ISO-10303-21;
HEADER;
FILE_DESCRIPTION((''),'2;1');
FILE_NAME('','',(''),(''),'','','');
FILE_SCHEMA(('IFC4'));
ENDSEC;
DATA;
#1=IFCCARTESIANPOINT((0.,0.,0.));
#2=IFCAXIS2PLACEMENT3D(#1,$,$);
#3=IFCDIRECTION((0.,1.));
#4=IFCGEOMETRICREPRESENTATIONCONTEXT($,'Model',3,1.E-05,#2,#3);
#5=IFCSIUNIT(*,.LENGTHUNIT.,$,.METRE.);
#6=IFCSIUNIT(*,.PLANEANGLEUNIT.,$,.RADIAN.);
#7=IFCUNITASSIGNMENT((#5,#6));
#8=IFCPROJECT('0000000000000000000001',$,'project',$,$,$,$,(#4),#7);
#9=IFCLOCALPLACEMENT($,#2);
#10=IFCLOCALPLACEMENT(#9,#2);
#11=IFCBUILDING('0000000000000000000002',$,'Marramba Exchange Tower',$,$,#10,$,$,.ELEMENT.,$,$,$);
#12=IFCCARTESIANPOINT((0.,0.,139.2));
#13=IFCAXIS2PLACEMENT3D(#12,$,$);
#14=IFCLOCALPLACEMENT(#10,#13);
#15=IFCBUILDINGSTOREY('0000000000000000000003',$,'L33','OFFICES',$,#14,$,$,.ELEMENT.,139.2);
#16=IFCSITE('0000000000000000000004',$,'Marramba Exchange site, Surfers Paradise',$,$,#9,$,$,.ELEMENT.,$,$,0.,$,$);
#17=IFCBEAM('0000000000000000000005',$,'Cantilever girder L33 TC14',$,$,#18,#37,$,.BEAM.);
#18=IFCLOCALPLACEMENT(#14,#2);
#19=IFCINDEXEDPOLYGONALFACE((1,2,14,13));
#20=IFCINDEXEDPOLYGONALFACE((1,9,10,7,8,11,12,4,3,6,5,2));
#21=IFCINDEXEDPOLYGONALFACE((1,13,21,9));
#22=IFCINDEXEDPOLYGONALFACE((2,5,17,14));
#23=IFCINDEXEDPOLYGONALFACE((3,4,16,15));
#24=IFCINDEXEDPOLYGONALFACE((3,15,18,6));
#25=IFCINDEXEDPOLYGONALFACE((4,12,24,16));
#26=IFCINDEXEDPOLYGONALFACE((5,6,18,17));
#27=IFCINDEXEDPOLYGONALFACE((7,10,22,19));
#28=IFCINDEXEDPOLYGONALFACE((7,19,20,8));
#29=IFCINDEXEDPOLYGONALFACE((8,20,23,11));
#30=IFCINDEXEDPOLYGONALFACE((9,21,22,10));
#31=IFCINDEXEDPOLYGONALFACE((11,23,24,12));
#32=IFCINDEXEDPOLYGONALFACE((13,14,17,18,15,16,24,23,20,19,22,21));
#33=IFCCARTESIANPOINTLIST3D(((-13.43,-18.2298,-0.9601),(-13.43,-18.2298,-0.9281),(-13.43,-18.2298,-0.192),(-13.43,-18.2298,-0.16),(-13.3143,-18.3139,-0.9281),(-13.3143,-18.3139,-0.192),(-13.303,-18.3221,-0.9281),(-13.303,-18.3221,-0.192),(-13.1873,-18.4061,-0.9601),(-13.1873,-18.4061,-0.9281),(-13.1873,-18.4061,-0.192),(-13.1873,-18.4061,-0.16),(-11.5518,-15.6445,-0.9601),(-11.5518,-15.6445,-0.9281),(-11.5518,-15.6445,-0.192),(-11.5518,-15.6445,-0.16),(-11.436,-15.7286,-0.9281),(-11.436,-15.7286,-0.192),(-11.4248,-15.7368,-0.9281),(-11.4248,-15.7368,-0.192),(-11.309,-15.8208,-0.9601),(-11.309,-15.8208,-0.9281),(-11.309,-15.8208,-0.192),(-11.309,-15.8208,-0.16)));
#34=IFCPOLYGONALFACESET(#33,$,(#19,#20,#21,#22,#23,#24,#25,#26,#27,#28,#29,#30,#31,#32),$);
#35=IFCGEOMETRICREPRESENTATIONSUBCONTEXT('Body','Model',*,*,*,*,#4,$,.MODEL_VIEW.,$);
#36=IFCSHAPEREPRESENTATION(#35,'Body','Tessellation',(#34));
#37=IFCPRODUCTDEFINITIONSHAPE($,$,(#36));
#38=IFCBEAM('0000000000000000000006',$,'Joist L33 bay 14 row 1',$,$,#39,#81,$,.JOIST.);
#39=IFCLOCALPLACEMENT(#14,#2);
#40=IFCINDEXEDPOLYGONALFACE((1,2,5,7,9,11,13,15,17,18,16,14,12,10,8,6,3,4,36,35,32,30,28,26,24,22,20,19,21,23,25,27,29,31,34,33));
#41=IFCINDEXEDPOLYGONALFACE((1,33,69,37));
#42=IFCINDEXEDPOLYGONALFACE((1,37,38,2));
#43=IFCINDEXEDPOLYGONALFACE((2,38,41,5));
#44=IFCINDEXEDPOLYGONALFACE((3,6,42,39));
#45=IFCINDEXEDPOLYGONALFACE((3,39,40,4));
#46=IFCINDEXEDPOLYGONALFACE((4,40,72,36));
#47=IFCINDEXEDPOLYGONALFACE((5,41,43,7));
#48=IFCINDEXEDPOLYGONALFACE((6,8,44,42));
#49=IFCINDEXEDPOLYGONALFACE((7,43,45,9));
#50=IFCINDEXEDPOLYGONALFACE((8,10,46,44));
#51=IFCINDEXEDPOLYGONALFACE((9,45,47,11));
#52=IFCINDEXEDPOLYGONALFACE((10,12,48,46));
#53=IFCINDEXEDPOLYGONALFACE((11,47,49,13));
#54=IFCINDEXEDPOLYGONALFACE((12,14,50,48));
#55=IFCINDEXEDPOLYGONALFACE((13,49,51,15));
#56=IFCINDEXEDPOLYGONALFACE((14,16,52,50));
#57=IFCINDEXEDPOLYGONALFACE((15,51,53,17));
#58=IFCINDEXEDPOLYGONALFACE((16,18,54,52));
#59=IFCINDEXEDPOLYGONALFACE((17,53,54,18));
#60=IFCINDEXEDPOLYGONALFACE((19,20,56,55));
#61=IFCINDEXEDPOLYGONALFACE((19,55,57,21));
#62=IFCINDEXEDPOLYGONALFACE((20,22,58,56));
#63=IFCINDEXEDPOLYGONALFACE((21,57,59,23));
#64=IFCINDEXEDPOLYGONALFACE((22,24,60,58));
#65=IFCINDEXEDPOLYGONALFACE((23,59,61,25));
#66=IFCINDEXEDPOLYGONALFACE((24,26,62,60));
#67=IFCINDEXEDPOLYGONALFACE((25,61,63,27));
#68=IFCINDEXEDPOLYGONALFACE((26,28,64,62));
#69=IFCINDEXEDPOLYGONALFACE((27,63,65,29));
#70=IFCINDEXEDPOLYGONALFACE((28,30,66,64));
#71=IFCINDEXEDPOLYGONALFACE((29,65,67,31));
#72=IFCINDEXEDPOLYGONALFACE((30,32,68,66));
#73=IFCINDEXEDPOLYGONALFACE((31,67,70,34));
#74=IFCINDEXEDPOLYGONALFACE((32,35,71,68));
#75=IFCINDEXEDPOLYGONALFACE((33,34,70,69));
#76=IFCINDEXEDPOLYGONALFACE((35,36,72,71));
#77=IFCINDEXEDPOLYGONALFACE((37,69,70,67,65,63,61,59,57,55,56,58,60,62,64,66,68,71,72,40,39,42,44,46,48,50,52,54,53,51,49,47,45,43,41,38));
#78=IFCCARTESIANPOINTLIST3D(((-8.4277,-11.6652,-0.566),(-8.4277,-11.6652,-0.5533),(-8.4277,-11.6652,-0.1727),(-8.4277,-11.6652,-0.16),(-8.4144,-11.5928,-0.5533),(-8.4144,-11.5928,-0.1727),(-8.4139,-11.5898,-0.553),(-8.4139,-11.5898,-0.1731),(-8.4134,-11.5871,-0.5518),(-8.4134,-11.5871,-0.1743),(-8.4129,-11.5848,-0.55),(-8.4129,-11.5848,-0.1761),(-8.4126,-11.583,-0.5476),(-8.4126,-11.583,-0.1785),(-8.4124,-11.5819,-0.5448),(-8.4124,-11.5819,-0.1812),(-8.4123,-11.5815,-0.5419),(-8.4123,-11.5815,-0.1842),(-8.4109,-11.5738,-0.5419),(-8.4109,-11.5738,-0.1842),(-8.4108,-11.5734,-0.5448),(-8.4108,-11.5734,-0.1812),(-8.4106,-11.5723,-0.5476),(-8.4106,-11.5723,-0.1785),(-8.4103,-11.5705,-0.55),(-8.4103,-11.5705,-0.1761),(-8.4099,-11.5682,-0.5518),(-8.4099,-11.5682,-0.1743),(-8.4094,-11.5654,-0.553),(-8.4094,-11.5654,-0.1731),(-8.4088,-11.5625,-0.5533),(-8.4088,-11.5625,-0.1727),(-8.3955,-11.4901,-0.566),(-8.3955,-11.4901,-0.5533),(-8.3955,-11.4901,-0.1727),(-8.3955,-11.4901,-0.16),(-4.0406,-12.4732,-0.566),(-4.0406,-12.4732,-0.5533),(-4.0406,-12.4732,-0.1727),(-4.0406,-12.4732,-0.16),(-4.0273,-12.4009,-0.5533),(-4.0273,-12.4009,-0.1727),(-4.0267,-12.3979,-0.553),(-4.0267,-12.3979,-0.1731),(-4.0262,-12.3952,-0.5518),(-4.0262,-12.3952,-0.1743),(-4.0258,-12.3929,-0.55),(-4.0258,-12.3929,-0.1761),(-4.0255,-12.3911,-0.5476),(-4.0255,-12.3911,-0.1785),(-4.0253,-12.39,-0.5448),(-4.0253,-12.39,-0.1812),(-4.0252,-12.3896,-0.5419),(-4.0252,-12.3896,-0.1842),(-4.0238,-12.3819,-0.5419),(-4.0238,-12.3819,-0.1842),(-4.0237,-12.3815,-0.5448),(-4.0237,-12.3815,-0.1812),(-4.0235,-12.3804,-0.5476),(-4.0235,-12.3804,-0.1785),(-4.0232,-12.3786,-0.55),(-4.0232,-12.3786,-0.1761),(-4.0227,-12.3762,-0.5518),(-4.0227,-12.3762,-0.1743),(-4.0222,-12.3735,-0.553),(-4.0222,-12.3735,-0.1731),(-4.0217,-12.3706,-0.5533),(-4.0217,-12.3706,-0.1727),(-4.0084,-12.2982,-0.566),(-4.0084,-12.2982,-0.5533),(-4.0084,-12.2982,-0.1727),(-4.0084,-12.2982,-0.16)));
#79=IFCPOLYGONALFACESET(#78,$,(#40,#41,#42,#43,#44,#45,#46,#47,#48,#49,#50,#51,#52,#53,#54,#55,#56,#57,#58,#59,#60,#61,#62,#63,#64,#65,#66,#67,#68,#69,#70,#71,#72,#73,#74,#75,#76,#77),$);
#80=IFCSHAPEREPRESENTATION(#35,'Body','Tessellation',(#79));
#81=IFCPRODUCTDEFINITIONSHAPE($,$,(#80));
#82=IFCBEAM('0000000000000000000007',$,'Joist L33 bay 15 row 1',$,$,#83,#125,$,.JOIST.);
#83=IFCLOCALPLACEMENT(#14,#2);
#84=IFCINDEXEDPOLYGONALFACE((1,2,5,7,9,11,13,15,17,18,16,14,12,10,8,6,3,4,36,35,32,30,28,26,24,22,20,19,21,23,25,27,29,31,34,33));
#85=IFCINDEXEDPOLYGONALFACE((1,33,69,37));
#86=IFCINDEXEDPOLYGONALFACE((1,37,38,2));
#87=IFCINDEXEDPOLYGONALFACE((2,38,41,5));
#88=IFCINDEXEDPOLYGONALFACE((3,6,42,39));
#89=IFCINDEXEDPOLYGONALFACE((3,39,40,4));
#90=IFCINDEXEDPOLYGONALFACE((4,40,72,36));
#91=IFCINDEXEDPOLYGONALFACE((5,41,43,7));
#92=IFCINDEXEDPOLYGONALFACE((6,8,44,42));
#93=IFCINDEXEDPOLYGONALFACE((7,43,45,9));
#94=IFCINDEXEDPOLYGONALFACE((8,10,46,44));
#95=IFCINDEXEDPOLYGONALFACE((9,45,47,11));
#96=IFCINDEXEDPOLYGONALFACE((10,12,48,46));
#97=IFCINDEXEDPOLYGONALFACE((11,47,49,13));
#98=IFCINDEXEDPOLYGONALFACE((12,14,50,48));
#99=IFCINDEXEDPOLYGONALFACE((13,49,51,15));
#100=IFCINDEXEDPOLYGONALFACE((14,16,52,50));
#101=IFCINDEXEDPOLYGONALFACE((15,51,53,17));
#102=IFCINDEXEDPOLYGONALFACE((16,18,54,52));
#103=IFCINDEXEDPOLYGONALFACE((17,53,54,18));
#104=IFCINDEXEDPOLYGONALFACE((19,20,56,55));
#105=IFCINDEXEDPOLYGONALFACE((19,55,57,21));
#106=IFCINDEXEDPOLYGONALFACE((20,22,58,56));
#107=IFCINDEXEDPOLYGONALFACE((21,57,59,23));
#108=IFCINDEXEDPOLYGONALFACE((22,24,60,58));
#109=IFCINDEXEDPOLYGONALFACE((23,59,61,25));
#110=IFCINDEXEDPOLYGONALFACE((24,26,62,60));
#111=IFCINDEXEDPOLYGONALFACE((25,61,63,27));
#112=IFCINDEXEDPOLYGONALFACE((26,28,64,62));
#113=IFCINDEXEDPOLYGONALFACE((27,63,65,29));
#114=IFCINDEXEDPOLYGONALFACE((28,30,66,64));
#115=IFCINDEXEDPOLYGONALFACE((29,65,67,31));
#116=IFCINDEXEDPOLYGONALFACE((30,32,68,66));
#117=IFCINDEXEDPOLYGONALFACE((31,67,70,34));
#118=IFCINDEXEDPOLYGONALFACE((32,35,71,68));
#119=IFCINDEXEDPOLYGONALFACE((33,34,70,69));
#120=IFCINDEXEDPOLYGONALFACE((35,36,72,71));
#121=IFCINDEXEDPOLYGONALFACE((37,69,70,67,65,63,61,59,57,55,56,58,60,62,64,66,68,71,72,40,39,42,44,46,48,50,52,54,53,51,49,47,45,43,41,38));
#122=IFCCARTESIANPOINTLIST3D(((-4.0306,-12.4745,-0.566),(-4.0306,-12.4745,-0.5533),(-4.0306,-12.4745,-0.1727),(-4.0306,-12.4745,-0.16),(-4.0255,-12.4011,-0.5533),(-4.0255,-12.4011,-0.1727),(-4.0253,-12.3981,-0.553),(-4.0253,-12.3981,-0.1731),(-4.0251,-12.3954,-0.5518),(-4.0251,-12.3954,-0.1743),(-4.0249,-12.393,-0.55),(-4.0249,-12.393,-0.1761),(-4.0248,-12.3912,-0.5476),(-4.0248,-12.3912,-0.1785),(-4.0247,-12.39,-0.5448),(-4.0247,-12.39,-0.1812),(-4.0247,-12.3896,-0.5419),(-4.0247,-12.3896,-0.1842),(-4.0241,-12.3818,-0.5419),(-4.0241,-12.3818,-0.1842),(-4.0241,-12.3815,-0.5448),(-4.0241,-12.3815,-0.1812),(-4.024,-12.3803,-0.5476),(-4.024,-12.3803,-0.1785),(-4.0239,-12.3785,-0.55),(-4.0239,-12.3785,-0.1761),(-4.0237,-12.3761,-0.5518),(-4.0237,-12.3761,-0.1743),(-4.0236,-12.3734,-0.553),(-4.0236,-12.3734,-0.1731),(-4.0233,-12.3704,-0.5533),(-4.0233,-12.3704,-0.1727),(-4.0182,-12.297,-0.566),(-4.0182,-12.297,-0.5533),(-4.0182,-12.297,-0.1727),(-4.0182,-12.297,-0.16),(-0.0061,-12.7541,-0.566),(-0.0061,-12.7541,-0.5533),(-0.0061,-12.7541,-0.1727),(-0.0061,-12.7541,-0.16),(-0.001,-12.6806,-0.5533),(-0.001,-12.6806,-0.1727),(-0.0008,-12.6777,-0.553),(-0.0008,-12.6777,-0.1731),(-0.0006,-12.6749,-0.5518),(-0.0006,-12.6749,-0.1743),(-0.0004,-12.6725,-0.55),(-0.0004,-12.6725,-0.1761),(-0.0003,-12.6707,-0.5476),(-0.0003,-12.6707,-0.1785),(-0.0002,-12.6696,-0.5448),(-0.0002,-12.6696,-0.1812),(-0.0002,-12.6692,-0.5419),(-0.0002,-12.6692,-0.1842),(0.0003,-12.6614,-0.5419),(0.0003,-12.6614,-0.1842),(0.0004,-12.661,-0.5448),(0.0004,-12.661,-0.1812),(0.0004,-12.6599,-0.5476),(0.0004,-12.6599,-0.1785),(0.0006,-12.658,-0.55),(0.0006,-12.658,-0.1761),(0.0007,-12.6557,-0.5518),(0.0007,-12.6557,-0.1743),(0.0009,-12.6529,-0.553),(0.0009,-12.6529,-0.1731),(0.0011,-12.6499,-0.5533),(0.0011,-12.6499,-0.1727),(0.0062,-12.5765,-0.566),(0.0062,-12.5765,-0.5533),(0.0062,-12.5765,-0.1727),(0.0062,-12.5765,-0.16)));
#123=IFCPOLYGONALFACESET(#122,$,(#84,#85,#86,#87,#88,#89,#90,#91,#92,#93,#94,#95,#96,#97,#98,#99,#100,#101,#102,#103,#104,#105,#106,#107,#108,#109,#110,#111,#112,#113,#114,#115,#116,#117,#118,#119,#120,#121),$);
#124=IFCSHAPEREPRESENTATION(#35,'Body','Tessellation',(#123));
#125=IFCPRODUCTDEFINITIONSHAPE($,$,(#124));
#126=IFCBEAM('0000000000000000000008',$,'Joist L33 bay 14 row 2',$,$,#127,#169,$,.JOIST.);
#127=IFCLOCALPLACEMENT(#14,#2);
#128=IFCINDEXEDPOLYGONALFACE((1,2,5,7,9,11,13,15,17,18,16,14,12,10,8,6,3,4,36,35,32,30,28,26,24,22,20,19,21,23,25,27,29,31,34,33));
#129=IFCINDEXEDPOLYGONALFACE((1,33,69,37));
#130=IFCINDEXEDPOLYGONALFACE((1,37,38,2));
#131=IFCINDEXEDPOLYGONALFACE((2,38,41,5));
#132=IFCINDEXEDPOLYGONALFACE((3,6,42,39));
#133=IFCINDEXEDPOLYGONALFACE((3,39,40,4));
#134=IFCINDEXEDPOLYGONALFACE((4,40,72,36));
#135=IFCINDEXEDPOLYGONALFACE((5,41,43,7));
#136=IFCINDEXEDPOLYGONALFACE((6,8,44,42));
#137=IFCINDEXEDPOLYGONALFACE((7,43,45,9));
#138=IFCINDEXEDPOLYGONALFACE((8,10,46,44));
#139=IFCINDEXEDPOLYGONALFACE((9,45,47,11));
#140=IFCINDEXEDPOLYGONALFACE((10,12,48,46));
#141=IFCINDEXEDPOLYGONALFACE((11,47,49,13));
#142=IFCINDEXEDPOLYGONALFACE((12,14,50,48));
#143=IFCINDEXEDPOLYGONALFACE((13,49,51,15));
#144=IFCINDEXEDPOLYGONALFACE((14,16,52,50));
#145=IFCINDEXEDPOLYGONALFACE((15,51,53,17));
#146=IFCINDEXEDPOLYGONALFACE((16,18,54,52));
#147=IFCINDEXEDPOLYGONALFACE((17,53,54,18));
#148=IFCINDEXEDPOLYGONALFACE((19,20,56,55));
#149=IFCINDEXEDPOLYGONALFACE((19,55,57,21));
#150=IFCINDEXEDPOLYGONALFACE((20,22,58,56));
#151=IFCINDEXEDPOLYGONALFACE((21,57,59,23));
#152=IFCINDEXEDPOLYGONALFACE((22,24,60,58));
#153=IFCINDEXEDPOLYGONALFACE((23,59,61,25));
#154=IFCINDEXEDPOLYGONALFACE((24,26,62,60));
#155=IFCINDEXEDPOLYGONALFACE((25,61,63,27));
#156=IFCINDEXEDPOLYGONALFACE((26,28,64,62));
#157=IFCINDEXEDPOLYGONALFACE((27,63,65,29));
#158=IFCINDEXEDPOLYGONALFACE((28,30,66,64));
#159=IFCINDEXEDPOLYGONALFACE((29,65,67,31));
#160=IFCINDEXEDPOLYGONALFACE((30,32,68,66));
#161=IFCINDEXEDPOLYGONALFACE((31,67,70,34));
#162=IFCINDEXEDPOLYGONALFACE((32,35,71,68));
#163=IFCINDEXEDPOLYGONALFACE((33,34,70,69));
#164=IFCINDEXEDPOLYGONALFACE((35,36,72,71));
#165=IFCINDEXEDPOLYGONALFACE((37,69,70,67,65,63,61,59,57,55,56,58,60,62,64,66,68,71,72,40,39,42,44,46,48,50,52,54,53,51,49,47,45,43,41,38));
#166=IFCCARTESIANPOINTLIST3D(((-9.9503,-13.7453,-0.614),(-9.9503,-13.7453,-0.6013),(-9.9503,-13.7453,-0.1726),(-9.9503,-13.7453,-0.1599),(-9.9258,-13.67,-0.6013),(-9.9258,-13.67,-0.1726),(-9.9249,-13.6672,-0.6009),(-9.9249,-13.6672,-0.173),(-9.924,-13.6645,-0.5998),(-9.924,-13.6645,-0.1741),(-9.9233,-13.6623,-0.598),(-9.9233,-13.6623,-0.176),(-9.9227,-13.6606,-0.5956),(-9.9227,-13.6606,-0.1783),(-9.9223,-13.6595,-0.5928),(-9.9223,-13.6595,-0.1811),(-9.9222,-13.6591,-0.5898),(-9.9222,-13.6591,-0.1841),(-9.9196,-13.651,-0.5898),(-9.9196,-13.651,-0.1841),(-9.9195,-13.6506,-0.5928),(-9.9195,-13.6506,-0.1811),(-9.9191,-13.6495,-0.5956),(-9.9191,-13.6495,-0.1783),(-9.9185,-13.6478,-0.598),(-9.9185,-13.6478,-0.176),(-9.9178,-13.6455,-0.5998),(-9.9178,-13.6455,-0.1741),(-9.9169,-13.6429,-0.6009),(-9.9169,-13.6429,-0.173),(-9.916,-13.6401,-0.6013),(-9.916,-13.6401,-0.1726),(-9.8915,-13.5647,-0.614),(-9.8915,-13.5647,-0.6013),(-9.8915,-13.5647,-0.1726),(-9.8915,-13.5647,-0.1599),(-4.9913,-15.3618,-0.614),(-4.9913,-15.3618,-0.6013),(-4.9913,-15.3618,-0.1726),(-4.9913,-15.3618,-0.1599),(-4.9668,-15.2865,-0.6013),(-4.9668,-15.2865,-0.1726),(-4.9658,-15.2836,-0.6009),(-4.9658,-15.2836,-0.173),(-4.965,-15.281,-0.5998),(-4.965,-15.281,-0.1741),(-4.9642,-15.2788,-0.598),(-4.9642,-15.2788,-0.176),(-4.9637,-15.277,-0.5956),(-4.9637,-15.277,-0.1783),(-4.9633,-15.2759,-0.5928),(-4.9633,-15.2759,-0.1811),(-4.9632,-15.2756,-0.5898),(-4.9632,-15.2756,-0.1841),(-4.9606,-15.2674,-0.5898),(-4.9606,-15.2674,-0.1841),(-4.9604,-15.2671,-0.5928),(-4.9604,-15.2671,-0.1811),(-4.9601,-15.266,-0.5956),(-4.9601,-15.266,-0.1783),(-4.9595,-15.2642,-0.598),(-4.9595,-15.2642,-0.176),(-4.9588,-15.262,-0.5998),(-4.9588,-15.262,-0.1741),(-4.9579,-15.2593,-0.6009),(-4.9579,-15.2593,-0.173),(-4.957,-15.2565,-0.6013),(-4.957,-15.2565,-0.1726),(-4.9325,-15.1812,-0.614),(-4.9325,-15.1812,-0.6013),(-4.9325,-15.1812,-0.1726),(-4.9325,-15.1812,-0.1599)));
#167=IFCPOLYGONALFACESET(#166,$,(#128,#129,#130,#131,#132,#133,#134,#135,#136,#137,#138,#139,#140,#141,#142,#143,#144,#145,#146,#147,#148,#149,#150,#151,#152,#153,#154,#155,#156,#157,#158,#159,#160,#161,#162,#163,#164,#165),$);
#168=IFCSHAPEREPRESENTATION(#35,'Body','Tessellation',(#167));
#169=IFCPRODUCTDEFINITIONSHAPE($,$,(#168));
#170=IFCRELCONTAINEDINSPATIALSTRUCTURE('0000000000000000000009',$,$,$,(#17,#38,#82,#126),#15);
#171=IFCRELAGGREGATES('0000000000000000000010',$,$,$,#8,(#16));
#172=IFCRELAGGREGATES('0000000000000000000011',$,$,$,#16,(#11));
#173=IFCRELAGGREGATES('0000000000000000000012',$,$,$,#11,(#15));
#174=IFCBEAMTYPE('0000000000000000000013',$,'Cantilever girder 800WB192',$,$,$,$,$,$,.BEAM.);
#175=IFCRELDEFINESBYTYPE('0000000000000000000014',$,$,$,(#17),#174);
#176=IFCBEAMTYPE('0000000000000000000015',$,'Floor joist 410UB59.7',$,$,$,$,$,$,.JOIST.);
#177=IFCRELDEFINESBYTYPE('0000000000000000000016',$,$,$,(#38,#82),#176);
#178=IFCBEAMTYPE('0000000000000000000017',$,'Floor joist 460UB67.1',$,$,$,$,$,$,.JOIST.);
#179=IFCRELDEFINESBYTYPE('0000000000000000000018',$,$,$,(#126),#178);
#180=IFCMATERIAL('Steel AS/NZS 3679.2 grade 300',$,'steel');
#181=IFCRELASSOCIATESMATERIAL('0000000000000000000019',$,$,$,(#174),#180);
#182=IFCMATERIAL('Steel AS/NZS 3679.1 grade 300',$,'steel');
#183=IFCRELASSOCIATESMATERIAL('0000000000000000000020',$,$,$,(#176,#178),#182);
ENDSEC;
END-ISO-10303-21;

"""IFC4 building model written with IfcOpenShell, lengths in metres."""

from ifc_helpers import new_model, si_unit, direction, frame, origin, origin_2d, place, context, subcontext, project, spatial, i_section, extrude, material, material_profile, profile_set, type_object, element, save


model = new_model("IFC4")

# Units and contexts
model_context = context("Model", 3, precision=1e-05, world=origin(), true_north=direction((0.0, 1.0)))
body_context = subcontext(model_context, "Body", "Model", "MODEL_VIEW")
ifc_project = project(units=[si_unit("LENGTHUNIT", "METRE"), si_unit("PLANEANGLEUNIT", "RADIAN")], contexts=[model_context])

# Site, building, storey
site_placement = place(None, origin())
site = spatial("IfcSite", under=ifc_project, at=site_placement, Name="Marramba Exchange site, Surfers Paradise", CompositionType="ELEMENT", RefElevation=0.0)
building_placement = place(site_placement, origin())
building = spatial("IfcBuilding", under=site, at=building_placement, Name="Marramba Exchange Tower", CompositionType="ELEMENT")
storey_placement = place(building_placement, frame((0.0, 0.0, 139.2)))
storey = spatial("IfcBuildingStorey", under=building, at=storey_placement, Name="L33", Description="OFFICES", CompositionType="ELEMENT", Elevation=139.2)

# Beams
ifc_material_1 = material(Name="Steel AS/NZS 3679.2 grade 300", Category="steel")
ifc_material_profile_1 = material_profile(ifc_material_1, i_section(OverallWidth=0.3, OverallDepth=0.8, WebThickness=0.0139, FlangeThickness=0.032, at=origin_2d()), Name="800WB192")
ifc_profile_set_1 = profile_set([ifc_material_profile_1], Name="Steel AS/NZS 3679.2 grade 300")
beam_type_1 = type_object("IfcBeamType", Name="Cantilever girder 800WB192", PredefinedType="BEAM", material=ifc_profile_set_1)
beam_1_placement = place(storey_placement, frame((-11.4304, -15.7327, -0.5601), z_axis=(-0.587767, -0.80903, 0.0), x_axis=(0.80903, -0.587767, 0.0)))
element("IfcBeam", 1, at=beam_1_placement, inside=storey, type_object=beam_type_1, Name="Cantilever girder L33 TC14", PredefinedType="BEAM", context=body_context, shape_type="SweptSolid", body=[
    extrude(i_section(OverallWidth=0.3, OverallDepth=0.8, WebThickness=0.0139, FlangeThickness=0.032, at=origin_2d()), origin(), (0.0, 0.0, 1.0), 3.1956),
])
ifc_material_2 = material(Name="Steel AS/NZS 3679.1 grade 300", Category="steel")
ifc_material_profile_2 = material_profile(ifc_material_2, i_section(OverallWidth=0.178, OverallDepth=0.406, WebThickness=0.0078, FlangeThickness=0.0127, FilletRadius=0.0115, at=origin_2d()), Name="410UB59.7")
ifc_profile_set_2 = profile_set([ifc_material_profile_2], Name="Steel AS/NZS 3679.1 grade 300")
beam_type_2 = type_object("IfcBeamType", Name="Floor joist 410UB59.7", PredefinedType="JOIST", material=ifc_profile_set_2)
beam_2_placement = place(storey_placement, frame((-8.4116, -11.5776, -0.363), z_axis=(0.983456, -0.181149, 0.0), x_axis=(0.181149, 0.983456, 0.0)))
element("IfcBeam", 2, at=beam_2_placement, inside=storey, type_object=beam_type_2, Name="Joist L33 bay 14 row 1", PredefinedType="JOIST", context=body_context, shape_type="SweptSolid", body=[
    extrude(i_section(OverallWidth=0.178, OverallDepth=0.406, WebThickness=0.0078, FlangeThickness=0.0127, FilletRadius=0.0115, at=origin_2d()), origin(), (0.0, 0.0, 1.0), 4.4609),
])
beam_3_placement = place(storey_placement, frame((-4.0244, -12.3857, -0.363), z_axis=(0.997596, -0.069294, 0.0), x_axis=(0.069294, 0.997596, 0.0)))
element("IfcBeam", 3, at=beam_3_placement, inside=storey, type_object=beam_type_2, Name="Joist L33 bay 15 row 1", PredefinedType="JOIST", context=body_context, shape_type="SweptSolid", body=[
    extrude(i_section(OverallWidth=0.178, OverallDepth=0.406, WebThickness=0.0078, FlangeThickness=0.0127, FilletRadius=0.0115, at=origin_2d()), origin(), (0.0, 0.0, 1.0), 4.0342),
])
ifc_material_profile_3 = material_profile(ifc_material_2, i_section(OverallWidth=0.1899, OverallDepth=0.4541, WebThickness=0.0085, FlangeThickness=0.0127, FilletRadius=0.0115, at=origin_2d()), Name="460UB67.1")
ifc_profile_set_3 = profile_set([ifc_material_profile_3], Name="Steel AS/NZS 3679.1 grade 300")
beam_type_3 = type_object("IfcBeamType", Name="Floor joist 460UB67.1", PredefinedType="JOIST", material=ifc_profile_set_3)
beam_4_placement = place(storey_placement, frame((-9.9209, -13.655, -0.387), z_axis=(0.950764, -0.309916, 0.0), x_axis=(0.309916, 0.950764, 0.0)))
element("IfcBeam", 4, at=beam_4_placement, inside=storey, type_object=beam_type_3, Name="Joist L33 bay 14 row 2", PredefinedType="JOIST", context=body_context, shape_type="SweptSolid", body=[
    extrude(i_section(OverallWidth=0.1899, OverallDepth=0.4541, WebThickness=0.0085, FlangeThickness=0.0127, FilletRadius=0.0115, at=origin_2d()), origin(), (0.0, 0.0, 1.0), 5.2158),
])

save(model, "model.ifc")
